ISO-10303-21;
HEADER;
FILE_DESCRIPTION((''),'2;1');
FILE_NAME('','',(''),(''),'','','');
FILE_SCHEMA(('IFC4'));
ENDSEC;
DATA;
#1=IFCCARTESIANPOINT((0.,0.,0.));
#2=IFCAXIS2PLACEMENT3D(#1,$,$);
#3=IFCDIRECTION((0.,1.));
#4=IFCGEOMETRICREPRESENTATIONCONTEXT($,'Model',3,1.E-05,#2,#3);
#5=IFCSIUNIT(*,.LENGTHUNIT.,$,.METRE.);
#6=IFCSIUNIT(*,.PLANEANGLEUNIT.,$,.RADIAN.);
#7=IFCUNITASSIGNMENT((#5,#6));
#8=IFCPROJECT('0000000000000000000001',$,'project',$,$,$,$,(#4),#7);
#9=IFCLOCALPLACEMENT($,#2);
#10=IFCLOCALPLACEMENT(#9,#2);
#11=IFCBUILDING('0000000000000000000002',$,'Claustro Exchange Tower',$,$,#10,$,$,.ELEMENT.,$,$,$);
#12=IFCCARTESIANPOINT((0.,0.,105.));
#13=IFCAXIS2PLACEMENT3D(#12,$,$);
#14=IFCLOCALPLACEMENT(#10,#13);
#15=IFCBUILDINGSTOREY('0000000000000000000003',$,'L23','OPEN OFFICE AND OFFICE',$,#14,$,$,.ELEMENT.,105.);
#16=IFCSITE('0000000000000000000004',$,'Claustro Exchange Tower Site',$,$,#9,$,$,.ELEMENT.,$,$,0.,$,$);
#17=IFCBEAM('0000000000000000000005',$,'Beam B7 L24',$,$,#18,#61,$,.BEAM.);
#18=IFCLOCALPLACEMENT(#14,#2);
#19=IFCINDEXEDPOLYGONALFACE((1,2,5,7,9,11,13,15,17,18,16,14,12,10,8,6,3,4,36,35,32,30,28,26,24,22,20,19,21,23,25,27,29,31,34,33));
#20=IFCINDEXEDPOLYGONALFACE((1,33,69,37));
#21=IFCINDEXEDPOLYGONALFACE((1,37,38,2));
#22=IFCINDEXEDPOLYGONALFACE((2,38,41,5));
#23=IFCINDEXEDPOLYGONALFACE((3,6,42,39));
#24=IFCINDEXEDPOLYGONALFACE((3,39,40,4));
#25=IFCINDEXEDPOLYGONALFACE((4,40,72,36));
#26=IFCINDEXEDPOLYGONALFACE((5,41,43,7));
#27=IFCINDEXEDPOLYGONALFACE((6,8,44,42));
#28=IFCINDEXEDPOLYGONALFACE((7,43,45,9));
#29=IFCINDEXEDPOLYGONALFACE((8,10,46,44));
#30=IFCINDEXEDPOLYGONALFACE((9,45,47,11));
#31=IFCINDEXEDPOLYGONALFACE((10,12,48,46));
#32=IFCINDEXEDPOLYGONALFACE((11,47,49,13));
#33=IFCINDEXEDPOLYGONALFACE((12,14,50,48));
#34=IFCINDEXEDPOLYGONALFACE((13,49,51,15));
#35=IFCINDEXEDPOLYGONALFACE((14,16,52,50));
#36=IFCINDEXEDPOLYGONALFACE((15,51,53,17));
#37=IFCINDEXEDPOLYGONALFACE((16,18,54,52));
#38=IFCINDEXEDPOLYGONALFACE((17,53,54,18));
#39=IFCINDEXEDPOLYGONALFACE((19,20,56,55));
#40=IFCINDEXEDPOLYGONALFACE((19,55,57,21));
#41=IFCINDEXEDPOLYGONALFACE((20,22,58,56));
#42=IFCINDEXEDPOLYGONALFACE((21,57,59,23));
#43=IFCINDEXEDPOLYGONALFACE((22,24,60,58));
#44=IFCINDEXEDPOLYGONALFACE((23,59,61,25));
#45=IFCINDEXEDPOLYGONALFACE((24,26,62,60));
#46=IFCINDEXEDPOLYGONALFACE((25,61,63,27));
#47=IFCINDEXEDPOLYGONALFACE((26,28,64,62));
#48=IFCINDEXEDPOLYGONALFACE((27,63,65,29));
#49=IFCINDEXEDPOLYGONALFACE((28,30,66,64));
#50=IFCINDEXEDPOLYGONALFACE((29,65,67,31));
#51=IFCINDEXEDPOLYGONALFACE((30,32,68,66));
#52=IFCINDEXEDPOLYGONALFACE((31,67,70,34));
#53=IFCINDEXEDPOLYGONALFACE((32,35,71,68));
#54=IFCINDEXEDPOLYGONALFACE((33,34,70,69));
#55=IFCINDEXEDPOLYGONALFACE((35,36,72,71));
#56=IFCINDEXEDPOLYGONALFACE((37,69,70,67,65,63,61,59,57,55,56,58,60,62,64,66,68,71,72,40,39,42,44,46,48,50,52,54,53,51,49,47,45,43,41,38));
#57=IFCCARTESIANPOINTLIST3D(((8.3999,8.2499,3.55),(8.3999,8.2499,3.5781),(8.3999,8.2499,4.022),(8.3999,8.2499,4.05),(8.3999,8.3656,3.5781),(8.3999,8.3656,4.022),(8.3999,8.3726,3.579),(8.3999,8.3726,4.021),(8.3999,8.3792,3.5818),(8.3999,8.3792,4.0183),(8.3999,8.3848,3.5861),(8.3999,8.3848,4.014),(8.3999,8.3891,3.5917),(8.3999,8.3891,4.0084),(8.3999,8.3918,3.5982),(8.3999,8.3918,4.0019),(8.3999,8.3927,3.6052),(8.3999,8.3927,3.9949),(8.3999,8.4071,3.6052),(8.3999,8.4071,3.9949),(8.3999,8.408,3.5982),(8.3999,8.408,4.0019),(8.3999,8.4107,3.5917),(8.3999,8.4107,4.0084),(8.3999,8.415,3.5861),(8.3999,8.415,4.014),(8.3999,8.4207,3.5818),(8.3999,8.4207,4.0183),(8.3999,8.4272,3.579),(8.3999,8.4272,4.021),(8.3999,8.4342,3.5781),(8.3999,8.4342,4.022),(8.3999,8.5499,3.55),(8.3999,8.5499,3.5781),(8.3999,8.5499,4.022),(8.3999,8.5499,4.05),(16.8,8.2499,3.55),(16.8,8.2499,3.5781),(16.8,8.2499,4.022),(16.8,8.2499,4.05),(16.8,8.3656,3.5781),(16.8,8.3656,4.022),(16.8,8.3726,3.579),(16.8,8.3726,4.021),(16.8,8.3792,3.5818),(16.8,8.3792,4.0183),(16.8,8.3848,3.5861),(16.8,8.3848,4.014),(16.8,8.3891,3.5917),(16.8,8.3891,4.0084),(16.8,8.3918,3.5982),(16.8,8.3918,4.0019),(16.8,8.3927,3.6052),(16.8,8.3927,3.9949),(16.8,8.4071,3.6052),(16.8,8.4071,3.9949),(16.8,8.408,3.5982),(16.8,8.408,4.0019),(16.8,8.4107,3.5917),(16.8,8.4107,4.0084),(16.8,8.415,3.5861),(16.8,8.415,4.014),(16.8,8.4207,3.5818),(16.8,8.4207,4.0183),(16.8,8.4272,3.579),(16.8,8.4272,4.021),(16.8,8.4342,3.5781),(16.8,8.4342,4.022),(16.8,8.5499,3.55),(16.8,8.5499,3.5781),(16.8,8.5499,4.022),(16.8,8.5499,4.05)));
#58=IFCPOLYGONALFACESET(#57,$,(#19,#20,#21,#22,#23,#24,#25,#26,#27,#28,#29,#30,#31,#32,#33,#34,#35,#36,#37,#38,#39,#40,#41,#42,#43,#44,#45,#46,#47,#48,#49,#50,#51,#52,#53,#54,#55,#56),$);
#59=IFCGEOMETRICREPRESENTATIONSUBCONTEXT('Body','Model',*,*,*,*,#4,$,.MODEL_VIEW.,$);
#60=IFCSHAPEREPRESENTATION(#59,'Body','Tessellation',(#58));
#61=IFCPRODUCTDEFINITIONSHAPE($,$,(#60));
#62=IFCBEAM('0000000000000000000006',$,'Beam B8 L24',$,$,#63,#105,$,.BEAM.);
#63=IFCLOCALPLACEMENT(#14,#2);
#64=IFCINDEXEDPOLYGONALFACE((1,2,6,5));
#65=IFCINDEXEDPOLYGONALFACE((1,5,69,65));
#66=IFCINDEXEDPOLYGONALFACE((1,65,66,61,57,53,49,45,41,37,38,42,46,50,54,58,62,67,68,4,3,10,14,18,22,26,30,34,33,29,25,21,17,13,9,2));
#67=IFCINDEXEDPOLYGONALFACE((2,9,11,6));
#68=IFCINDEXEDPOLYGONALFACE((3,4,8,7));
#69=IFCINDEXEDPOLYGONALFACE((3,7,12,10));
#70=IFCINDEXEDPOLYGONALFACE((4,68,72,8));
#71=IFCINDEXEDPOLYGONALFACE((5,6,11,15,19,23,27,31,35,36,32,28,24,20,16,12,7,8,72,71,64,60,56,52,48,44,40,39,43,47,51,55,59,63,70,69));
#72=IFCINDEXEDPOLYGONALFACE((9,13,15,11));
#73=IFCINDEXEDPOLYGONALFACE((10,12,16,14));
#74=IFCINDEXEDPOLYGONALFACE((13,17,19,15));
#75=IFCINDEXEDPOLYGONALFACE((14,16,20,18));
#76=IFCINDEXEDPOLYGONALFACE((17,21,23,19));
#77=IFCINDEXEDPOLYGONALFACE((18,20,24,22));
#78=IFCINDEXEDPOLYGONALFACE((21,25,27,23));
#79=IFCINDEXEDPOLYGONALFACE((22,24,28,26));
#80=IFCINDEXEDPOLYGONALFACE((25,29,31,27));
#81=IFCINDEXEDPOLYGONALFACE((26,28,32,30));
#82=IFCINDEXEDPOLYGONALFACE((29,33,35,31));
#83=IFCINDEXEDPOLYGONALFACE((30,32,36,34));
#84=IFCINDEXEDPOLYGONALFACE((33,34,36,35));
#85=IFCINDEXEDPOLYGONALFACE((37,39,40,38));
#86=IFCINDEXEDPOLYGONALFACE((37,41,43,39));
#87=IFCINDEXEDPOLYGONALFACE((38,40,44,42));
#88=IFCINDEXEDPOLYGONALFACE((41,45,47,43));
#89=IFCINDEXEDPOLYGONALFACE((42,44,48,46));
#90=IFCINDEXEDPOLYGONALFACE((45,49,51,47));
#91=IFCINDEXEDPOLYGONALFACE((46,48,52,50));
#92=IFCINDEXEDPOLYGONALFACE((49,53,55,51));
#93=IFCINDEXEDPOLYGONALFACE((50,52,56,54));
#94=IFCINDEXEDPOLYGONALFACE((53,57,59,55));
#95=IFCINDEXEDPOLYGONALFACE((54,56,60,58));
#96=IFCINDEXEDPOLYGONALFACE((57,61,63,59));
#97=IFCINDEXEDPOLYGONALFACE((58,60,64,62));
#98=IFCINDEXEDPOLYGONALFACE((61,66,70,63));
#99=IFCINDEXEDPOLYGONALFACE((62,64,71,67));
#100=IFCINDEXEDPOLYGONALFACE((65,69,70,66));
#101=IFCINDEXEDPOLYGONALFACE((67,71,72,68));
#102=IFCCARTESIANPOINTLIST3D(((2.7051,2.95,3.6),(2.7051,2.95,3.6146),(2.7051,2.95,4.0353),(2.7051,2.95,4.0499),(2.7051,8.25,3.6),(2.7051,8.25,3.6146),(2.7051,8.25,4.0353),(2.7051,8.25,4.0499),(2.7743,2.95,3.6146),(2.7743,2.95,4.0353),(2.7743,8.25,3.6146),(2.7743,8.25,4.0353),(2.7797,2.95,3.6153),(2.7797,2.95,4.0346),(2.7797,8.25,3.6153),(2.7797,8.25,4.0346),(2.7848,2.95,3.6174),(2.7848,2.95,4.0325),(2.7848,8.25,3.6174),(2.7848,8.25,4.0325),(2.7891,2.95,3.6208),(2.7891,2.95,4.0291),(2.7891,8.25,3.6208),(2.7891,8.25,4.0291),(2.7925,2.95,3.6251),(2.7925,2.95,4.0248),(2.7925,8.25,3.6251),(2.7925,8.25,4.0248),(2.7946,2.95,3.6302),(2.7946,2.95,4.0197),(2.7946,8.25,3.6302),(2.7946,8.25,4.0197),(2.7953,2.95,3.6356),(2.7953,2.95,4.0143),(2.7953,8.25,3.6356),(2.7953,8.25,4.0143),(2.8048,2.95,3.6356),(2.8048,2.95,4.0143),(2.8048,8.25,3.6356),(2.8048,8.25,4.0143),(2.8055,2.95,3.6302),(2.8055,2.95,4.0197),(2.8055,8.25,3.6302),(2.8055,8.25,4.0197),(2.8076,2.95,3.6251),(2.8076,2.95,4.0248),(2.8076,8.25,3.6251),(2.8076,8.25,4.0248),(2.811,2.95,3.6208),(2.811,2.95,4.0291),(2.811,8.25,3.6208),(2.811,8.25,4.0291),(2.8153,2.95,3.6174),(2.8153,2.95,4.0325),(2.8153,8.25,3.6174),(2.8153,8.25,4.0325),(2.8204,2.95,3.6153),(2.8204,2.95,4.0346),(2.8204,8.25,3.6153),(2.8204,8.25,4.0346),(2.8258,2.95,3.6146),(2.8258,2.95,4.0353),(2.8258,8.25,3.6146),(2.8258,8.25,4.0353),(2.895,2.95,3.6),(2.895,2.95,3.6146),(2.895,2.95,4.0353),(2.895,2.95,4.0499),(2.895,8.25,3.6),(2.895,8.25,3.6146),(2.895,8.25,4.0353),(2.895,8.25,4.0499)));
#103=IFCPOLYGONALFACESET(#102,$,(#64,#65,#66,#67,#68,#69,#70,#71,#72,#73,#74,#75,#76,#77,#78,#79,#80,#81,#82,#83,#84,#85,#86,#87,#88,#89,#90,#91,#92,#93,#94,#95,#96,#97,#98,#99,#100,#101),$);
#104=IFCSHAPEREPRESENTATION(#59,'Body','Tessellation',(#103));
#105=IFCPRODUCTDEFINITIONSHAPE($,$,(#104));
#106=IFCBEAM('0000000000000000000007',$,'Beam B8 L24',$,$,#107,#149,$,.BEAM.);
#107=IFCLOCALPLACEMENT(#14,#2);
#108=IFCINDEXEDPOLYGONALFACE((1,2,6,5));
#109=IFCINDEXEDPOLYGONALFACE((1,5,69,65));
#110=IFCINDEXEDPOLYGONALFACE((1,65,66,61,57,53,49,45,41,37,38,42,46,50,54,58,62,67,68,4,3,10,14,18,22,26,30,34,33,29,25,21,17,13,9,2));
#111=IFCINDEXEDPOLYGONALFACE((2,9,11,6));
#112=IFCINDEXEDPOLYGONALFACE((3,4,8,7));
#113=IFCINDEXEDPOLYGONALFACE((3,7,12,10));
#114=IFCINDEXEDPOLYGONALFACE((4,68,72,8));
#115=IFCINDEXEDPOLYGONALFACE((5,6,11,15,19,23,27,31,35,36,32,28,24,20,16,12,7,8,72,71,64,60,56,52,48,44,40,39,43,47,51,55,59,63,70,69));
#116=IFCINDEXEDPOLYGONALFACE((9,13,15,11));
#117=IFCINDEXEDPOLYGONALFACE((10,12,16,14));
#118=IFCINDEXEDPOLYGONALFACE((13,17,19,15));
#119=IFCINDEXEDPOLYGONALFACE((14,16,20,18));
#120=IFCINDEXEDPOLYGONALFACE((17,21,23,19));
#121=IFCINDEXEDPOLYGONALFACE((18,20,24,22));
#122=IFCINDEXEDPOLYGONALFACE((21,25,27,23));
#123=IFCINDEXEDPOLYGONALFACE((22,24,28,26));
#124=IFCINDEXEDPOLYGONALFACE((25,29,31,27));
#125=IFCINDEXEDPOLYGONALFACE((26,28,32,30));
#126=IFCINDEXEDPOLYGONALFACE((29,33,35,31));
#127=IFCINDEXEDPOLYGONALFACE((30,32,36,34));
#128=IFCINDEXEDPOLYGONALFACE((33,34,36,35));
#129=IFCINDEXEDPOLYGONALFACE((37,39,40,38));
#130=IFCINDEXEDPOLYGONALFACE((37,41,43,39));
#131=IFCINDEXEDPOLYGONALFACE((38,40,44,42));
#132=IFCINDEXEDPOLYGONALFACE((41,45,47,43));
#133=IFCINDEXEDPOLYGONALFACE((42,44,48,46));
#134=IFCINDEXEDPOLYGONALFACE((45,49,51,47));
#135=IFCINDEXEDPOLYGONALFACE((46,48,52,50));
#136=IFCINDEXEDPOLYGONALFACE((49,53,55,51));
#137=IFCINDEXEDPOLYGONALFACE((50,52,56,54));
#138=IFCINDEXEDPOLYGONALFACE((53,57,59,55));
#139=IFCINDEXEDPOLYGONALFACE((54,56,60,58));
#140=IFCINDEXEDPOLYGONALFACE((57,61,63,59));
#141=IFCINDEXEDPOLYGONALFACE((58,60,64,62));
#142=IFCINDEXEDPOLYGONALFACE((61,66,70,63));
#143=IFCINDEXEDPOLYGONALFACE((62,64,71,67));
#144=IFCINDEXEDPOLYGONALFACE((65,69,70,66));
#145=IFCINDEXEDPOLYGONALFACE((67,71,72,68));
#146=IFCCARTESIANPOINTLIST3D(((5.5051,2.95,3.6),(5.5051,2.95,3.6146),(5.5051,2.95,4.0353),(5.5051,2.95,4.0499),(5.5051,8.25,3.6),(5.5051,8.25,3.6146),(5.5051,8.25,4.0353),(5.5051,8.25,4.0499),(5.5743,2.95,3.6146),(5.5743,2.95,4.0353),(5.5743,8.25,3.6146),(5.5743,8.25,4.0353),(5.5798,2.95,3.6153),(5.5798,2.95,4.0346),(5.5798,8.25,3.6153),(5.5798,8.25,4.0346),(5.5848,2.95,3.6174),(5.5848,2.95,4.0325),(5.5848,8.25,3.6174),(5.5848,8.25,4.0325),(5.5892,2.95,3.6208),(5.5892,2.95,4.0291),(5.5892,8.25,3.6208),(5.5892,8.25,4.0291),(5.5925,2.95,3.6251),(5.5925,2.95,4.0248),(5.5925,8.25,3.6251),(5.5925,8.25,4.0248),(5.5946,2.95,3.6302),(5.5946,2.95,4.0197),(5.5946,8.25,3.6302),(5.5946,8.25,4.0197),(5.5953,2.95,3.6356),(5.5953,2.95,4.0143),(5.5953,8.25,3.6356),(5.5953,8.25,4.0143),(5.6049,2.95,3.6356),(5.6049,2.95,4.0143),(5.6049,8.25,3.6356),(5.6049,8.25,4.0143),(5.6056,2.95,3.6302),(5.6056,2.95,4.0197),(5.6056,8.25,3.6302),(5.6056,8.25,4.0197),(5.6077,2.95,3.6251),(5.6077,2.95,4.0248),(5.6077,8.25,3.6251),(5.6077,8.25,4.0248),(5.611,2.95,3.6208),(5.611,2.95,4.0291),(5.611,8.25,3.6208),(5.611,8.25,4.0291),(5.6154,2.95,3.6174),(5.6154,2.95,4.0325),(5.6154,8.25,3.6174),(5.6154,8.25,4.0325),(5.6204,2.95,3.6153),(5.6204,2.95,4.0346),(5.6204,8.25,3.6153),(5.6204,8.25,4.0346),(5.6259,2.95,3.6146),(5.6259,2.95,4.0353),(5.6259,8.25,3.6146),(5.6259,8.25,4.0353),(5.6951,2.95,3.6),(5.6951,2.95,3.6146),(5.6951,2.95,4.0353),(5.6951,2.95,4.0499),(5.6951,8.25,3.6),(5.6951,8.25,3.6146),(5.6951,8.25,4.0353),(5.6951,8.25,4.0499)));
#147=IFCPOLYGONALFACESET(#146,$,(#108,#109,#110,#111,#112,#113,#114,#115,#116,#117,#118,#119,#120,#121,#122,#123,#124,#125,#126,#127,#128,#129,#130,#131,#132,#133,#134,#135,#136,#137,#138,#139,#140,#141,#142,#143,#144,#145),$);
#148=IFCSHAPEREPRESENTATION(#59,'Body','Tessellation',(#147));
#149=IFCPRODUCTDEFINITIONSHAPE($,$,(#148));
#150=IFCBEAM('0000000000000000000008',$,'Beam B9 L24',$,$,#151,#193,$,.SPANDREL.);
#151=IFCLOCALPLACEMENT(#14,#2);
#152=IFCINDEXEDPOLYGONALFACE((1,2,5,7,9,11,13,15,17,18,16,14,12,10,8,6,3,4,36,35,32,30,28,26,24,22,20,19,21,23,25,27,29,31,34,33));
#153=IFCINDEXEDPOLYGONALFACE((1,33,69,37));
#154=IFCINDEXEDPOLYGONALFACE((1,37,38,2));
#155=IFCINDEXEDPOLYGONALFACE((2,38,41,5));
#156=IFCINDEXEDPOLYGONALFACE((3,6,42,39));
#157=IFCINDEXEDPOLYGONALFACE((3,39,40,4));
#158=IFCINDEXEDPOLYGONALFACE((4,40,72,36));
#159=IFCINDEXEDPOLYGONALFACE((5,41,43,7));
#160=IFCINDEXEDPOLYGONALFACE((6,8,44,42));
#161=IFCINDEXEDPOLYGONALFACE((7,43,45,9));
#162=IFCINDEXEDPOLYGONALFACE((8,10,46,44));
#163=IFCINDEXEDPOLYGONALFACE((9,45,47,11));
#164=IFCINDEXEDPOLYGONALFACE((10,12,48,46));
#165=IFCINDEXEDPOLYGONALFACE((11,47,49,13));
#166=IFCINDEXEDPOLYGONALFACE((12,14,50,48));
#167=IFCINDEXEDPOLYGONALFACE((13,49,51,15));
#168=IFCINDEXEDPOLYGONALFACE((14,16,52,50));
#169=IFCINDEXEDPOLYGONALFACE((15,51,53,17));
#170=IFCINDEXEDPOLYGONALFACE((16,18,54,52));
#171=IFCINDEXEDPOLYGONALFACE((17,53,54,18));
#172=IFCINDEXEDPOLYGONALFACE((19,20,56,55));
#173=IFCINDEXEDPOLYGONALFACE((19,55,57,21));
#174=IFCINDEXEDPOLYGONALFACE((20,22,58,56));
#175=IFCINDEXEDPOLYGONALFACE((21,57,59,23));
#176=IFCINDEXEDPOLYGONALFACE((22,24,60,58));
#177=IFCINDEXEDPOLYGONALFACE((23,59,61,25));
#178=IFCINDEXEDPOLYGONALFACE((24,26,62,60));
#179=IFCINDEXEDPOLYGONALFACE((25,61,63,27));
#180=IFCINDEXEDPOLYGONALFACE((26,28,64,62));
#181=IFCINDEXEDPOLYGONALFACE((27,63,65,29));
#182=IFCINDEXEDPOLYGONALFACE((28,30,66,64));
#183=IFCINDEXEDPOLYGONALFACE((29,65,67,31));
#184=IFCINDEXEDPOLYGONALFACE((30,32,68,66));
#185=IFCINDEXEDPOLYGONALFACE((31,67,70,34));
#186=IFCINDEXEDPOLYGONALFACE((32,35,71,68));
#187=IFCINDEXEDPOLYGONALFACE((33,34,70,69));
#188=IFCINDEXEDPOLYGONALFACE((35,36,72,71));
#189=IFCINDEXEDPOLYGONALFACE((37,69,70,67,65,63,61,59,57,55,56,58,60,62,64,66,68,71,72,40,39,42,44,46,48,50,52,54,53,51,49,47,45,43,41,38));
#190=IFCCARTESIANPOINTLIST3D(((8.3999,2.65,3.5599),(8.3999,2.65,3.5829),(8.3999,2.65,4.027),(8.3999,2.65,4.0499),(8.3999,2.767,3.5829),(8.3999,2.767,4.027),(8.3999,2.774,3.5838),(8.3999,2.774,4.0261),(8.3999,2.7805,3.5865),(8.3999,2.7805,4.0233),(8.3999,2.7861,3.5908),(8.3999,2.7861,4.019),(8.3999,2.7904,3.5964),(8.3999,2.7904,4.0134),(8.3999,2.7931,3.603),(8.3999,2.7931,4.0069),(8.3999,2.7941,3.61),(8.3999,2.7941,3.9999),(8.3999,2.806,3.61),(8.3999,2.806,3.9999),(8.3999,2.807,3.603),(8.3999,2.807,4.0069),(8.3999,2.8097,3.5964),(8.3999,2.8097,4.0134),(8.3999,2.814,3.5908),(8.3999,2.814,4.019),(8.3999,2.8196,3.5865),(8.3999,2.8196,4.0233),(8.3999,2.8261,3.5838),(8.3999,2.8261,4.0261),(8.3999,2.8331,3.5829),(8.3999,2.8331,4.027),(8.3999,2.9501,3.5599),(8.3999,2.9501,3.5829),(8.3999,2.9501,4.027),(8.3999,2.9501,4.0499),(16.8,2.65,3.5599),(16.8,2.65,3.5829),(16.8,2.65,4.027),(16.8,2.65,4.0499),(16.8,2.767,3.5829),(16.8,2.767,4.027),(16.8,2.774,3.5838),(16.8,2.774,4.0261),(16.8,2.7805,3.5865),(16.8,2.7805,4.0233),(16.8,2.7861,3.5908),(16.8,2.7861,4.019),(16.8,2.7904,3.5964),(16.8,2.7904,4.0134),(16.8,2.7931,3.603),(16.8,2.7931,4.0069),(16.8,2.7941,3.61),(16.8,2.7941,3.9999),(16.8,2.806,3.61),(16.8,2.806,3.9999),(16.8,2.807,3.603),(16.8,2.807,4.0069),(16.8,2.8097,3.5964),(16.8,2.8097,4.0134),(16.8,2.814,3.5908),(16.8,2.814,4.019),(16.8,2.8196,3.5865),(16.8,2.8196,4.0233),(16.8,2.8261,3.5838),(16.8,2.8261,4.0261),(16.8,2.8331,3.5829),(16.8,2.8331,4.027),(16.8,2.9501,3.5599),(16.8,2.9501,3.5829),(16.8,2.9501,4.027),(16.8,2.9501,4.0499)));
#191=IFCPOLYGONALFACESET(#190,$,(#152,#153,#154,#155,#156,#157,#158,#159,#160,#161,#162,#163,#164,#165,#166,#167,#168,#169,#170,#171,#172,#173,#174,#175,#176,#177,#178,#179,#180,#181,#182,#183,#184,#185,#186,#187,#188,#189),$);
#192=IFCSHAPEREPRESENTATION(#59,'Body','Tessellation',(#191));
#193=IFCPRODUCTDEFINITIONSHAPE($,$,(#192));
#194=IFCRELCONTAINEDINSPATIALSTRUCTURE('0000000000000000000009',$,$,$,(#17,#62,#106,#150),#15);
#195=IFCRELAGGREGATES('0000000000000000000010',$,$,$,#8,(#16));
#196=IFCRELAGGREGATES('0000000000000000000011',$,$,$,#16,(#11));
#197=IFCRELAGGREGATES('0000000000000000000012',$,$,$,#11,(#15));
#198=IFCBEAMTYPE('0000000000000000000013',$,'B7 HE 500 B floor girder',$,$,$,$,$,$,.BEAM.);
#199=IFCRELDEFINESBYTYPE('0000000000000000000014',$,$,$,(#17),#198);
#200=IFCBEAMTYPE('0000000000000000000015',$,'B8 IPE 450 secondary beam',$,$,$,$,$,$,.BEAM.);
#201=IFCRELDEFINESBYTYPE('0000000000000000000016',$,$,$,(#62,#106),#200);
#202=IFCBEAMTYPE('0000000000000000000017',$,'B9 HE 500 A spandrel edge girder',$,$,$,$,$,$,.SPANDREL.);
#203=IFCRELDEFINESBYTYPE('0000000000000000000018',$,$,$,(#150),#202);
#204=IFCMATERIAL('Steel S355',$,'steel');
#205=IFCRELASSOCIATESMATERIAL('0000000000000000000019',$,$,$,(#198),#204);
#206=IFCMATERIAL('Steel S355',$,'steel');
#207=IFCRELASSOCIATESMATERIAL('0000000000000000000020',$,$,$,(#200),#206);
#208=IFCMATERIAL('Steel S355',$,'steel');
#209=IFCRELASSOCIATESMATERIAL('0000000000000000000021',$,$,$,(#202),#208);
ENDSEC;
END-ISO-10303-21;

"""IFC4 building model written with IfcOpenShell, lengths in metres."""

from ifc_helpers import new_model, si_unit, direction, frame, origin, origin_2d, place, context, subcontext, project, spatial, i_section, extrude, material, material_profile, profile_set, type_object, element, save


model = new_model("IFC4")

# Units and contexts
model_context = context("Model", 3, precision=1e-05, world=origin(), true_north=direction((0.0, 1.0)))
body_context = subcontext(model_context, "Body", "Model", "MODEL_VIEW")
ifc_project = project(units=[si_unit("LENGTHUNIT", "METRE"), si_unit("PLANEANGLEUNIT", "RADIAN")], contexts=[model_context])

# Site, building, storey
site_placement = place(None, origin())
site = spatial("IfcSite", under=ifc_project, at=site_placement, Name="Claustro Exchange Tower Site", CompositionType="ELEMENT", RefElevation=0.0)
building_placement = place(site_placement, origin())
building = spatial("IfcBuilding", under=site, at=building_placement, Name="Claustro Exchange Tower", CompositionType="ELEMENT")
storey_placement = place(building_placement, frame((0.0, 0.0, 105.0)))
storey = spatial("IfcBuildingStorey", under=building, at=storey_placement, Name="L23", Description="OPEN OFFICE AND OFFICE", CompositionType="ELEMENT", Elevation=105.0)

# Beams
ifc_material_1 = material(Name="Steel S355", Category="steel")
ifc_material_profile_1 = material_profile(ifc_material_1, i_section(OverallWidth=0.3, OverallDepth=0.5, WebThickness=0.0144, FlangeThickness=0.0281, FilletRadius=0.0271, at=origin_2d()), Name="HE 500 B")
ifc_profile_set_1 = profile_set([ifc_material_profile_1], Name="Steel S355")
beam_type_1 = type_object("IfcBeamType", Name="B7 HE 500 B floor girder", PredefinedType="BEAM", material=ifc_profile_set_1)
beam_1_placement = place(storey_placement, frame((8.3999, 8.3999, 3.8), z_axis=(1.0, 0.0, 0.0), x_axis=(0.0, 1.0, 0.0)))
element("IfcBeam", 1, at=beam_1_placement, inside=storey, type_object=beam_type_1, Name="Beam B7 L24", PredefinedType="BEAM", context=body_context, shape_type="SweptSolid", body=[
    extrude(i_section(OverallWidth=0.3, OverallDepth=0.5, WebThickness=0.0144, FlangeThickness=0.0281, FilletRadius=0.0271, at=origin_2d()), origin(), (0.0, 0.0, 1.0), 8.4001),
])
ifc_material_2 = material(Name="Steel S355", Category="steel")
ifc_material_profile_2 = material_profile(ifc_material_2, i_section(OverallWidth=0.1899, OverallDepth=0.45, WebThickness=0.0095, FlangeThickness=0.0146, FilletRadius=0.021, at=origin_2d()), Name="IPE 450")
ifc_profile_set_2 = profile_set([ifc_material_profile_2], Name="Steel S355")
beam_type_2 = type_object("IfcBeamType", Name="B8 IPE 450 secondary beam", PredefinedType="BEAM", material=ifc_profile_set_2)
for number, where, z_axis, x_axis, name in (
    (2, (2.8, 2.95, 3.825), (0.0, 1.0, 0.0), (-1.0, 0.0, 0.0), "Beam B8 L24"),
    (3, (5.6001, 2.95, 3.825), (0.0, 1.0, 0.0), (-1.0, 0.0, 0.0), "Beam B8 L24"),
):
    element("IfcBeam", number, at=place(storey_placement, frame(where, z_axis=z_axis, x_axis=x_axis)), inside=storey, type_object=beam_type_2, Name=name, PredefinedType="BEAM", context=body_context, shape_type="SweptSolid", body=[
        extrude(i_section(OverallWidth=0.1899, OverallDepth=0.45, WebThickness=0.0095, FlangeThickness=0.0146, FilletRadius=0.021, at=origin_2d()), origin(), (0.0, 0.0, 1.0), 5.3),
    ])
ifc_material_3 = material(Name="Steel S355", Category="steel")
ifc_material_profile_3 = material_profile(ifc_material_3, i_section(OverallWidth=0.3, OverallDepth=0.49, WebThickness=0.012, FlangeThickness=0.0229, FilletRadius=0.0271, at=origin_2d()), Name="HE 500 A")
ifc_profile_set_3 = profile_set([ifc_material_profile_3], Name="Steel S355")
beam_type_3 = type_object("IfcBeamType", Name="B9 HE 500 A spandrel edge girder", PredefinedType="SPANDREL", material=ifc_profile_set_3)
beam_2_placement = place(storey_placement, frame((8.3999, 2.8, 3.8049), z_axis=(1.0, 0.0, 0.0), x_axis=(0.0, 1.0, 0.0)))
element("IfcBeam", 4, at=beam_2_placement, inside=storey, type_object=beam_type_3, Name="Beam B9 L24", PredefinedType="SPANDREL", context=body_context, shape_type="SweptSolid", body=[
    extrude(i_section(OverallWidth=0.3, OverallDepth=0.49, WebThickness=0.012, FlangeThickness=0.0229, FilletRadius=0.0271, at=origin_2d()), origin(), (0.0, 0.0, 1.0), 8.4001),
])

save(model, "model.ifc")
